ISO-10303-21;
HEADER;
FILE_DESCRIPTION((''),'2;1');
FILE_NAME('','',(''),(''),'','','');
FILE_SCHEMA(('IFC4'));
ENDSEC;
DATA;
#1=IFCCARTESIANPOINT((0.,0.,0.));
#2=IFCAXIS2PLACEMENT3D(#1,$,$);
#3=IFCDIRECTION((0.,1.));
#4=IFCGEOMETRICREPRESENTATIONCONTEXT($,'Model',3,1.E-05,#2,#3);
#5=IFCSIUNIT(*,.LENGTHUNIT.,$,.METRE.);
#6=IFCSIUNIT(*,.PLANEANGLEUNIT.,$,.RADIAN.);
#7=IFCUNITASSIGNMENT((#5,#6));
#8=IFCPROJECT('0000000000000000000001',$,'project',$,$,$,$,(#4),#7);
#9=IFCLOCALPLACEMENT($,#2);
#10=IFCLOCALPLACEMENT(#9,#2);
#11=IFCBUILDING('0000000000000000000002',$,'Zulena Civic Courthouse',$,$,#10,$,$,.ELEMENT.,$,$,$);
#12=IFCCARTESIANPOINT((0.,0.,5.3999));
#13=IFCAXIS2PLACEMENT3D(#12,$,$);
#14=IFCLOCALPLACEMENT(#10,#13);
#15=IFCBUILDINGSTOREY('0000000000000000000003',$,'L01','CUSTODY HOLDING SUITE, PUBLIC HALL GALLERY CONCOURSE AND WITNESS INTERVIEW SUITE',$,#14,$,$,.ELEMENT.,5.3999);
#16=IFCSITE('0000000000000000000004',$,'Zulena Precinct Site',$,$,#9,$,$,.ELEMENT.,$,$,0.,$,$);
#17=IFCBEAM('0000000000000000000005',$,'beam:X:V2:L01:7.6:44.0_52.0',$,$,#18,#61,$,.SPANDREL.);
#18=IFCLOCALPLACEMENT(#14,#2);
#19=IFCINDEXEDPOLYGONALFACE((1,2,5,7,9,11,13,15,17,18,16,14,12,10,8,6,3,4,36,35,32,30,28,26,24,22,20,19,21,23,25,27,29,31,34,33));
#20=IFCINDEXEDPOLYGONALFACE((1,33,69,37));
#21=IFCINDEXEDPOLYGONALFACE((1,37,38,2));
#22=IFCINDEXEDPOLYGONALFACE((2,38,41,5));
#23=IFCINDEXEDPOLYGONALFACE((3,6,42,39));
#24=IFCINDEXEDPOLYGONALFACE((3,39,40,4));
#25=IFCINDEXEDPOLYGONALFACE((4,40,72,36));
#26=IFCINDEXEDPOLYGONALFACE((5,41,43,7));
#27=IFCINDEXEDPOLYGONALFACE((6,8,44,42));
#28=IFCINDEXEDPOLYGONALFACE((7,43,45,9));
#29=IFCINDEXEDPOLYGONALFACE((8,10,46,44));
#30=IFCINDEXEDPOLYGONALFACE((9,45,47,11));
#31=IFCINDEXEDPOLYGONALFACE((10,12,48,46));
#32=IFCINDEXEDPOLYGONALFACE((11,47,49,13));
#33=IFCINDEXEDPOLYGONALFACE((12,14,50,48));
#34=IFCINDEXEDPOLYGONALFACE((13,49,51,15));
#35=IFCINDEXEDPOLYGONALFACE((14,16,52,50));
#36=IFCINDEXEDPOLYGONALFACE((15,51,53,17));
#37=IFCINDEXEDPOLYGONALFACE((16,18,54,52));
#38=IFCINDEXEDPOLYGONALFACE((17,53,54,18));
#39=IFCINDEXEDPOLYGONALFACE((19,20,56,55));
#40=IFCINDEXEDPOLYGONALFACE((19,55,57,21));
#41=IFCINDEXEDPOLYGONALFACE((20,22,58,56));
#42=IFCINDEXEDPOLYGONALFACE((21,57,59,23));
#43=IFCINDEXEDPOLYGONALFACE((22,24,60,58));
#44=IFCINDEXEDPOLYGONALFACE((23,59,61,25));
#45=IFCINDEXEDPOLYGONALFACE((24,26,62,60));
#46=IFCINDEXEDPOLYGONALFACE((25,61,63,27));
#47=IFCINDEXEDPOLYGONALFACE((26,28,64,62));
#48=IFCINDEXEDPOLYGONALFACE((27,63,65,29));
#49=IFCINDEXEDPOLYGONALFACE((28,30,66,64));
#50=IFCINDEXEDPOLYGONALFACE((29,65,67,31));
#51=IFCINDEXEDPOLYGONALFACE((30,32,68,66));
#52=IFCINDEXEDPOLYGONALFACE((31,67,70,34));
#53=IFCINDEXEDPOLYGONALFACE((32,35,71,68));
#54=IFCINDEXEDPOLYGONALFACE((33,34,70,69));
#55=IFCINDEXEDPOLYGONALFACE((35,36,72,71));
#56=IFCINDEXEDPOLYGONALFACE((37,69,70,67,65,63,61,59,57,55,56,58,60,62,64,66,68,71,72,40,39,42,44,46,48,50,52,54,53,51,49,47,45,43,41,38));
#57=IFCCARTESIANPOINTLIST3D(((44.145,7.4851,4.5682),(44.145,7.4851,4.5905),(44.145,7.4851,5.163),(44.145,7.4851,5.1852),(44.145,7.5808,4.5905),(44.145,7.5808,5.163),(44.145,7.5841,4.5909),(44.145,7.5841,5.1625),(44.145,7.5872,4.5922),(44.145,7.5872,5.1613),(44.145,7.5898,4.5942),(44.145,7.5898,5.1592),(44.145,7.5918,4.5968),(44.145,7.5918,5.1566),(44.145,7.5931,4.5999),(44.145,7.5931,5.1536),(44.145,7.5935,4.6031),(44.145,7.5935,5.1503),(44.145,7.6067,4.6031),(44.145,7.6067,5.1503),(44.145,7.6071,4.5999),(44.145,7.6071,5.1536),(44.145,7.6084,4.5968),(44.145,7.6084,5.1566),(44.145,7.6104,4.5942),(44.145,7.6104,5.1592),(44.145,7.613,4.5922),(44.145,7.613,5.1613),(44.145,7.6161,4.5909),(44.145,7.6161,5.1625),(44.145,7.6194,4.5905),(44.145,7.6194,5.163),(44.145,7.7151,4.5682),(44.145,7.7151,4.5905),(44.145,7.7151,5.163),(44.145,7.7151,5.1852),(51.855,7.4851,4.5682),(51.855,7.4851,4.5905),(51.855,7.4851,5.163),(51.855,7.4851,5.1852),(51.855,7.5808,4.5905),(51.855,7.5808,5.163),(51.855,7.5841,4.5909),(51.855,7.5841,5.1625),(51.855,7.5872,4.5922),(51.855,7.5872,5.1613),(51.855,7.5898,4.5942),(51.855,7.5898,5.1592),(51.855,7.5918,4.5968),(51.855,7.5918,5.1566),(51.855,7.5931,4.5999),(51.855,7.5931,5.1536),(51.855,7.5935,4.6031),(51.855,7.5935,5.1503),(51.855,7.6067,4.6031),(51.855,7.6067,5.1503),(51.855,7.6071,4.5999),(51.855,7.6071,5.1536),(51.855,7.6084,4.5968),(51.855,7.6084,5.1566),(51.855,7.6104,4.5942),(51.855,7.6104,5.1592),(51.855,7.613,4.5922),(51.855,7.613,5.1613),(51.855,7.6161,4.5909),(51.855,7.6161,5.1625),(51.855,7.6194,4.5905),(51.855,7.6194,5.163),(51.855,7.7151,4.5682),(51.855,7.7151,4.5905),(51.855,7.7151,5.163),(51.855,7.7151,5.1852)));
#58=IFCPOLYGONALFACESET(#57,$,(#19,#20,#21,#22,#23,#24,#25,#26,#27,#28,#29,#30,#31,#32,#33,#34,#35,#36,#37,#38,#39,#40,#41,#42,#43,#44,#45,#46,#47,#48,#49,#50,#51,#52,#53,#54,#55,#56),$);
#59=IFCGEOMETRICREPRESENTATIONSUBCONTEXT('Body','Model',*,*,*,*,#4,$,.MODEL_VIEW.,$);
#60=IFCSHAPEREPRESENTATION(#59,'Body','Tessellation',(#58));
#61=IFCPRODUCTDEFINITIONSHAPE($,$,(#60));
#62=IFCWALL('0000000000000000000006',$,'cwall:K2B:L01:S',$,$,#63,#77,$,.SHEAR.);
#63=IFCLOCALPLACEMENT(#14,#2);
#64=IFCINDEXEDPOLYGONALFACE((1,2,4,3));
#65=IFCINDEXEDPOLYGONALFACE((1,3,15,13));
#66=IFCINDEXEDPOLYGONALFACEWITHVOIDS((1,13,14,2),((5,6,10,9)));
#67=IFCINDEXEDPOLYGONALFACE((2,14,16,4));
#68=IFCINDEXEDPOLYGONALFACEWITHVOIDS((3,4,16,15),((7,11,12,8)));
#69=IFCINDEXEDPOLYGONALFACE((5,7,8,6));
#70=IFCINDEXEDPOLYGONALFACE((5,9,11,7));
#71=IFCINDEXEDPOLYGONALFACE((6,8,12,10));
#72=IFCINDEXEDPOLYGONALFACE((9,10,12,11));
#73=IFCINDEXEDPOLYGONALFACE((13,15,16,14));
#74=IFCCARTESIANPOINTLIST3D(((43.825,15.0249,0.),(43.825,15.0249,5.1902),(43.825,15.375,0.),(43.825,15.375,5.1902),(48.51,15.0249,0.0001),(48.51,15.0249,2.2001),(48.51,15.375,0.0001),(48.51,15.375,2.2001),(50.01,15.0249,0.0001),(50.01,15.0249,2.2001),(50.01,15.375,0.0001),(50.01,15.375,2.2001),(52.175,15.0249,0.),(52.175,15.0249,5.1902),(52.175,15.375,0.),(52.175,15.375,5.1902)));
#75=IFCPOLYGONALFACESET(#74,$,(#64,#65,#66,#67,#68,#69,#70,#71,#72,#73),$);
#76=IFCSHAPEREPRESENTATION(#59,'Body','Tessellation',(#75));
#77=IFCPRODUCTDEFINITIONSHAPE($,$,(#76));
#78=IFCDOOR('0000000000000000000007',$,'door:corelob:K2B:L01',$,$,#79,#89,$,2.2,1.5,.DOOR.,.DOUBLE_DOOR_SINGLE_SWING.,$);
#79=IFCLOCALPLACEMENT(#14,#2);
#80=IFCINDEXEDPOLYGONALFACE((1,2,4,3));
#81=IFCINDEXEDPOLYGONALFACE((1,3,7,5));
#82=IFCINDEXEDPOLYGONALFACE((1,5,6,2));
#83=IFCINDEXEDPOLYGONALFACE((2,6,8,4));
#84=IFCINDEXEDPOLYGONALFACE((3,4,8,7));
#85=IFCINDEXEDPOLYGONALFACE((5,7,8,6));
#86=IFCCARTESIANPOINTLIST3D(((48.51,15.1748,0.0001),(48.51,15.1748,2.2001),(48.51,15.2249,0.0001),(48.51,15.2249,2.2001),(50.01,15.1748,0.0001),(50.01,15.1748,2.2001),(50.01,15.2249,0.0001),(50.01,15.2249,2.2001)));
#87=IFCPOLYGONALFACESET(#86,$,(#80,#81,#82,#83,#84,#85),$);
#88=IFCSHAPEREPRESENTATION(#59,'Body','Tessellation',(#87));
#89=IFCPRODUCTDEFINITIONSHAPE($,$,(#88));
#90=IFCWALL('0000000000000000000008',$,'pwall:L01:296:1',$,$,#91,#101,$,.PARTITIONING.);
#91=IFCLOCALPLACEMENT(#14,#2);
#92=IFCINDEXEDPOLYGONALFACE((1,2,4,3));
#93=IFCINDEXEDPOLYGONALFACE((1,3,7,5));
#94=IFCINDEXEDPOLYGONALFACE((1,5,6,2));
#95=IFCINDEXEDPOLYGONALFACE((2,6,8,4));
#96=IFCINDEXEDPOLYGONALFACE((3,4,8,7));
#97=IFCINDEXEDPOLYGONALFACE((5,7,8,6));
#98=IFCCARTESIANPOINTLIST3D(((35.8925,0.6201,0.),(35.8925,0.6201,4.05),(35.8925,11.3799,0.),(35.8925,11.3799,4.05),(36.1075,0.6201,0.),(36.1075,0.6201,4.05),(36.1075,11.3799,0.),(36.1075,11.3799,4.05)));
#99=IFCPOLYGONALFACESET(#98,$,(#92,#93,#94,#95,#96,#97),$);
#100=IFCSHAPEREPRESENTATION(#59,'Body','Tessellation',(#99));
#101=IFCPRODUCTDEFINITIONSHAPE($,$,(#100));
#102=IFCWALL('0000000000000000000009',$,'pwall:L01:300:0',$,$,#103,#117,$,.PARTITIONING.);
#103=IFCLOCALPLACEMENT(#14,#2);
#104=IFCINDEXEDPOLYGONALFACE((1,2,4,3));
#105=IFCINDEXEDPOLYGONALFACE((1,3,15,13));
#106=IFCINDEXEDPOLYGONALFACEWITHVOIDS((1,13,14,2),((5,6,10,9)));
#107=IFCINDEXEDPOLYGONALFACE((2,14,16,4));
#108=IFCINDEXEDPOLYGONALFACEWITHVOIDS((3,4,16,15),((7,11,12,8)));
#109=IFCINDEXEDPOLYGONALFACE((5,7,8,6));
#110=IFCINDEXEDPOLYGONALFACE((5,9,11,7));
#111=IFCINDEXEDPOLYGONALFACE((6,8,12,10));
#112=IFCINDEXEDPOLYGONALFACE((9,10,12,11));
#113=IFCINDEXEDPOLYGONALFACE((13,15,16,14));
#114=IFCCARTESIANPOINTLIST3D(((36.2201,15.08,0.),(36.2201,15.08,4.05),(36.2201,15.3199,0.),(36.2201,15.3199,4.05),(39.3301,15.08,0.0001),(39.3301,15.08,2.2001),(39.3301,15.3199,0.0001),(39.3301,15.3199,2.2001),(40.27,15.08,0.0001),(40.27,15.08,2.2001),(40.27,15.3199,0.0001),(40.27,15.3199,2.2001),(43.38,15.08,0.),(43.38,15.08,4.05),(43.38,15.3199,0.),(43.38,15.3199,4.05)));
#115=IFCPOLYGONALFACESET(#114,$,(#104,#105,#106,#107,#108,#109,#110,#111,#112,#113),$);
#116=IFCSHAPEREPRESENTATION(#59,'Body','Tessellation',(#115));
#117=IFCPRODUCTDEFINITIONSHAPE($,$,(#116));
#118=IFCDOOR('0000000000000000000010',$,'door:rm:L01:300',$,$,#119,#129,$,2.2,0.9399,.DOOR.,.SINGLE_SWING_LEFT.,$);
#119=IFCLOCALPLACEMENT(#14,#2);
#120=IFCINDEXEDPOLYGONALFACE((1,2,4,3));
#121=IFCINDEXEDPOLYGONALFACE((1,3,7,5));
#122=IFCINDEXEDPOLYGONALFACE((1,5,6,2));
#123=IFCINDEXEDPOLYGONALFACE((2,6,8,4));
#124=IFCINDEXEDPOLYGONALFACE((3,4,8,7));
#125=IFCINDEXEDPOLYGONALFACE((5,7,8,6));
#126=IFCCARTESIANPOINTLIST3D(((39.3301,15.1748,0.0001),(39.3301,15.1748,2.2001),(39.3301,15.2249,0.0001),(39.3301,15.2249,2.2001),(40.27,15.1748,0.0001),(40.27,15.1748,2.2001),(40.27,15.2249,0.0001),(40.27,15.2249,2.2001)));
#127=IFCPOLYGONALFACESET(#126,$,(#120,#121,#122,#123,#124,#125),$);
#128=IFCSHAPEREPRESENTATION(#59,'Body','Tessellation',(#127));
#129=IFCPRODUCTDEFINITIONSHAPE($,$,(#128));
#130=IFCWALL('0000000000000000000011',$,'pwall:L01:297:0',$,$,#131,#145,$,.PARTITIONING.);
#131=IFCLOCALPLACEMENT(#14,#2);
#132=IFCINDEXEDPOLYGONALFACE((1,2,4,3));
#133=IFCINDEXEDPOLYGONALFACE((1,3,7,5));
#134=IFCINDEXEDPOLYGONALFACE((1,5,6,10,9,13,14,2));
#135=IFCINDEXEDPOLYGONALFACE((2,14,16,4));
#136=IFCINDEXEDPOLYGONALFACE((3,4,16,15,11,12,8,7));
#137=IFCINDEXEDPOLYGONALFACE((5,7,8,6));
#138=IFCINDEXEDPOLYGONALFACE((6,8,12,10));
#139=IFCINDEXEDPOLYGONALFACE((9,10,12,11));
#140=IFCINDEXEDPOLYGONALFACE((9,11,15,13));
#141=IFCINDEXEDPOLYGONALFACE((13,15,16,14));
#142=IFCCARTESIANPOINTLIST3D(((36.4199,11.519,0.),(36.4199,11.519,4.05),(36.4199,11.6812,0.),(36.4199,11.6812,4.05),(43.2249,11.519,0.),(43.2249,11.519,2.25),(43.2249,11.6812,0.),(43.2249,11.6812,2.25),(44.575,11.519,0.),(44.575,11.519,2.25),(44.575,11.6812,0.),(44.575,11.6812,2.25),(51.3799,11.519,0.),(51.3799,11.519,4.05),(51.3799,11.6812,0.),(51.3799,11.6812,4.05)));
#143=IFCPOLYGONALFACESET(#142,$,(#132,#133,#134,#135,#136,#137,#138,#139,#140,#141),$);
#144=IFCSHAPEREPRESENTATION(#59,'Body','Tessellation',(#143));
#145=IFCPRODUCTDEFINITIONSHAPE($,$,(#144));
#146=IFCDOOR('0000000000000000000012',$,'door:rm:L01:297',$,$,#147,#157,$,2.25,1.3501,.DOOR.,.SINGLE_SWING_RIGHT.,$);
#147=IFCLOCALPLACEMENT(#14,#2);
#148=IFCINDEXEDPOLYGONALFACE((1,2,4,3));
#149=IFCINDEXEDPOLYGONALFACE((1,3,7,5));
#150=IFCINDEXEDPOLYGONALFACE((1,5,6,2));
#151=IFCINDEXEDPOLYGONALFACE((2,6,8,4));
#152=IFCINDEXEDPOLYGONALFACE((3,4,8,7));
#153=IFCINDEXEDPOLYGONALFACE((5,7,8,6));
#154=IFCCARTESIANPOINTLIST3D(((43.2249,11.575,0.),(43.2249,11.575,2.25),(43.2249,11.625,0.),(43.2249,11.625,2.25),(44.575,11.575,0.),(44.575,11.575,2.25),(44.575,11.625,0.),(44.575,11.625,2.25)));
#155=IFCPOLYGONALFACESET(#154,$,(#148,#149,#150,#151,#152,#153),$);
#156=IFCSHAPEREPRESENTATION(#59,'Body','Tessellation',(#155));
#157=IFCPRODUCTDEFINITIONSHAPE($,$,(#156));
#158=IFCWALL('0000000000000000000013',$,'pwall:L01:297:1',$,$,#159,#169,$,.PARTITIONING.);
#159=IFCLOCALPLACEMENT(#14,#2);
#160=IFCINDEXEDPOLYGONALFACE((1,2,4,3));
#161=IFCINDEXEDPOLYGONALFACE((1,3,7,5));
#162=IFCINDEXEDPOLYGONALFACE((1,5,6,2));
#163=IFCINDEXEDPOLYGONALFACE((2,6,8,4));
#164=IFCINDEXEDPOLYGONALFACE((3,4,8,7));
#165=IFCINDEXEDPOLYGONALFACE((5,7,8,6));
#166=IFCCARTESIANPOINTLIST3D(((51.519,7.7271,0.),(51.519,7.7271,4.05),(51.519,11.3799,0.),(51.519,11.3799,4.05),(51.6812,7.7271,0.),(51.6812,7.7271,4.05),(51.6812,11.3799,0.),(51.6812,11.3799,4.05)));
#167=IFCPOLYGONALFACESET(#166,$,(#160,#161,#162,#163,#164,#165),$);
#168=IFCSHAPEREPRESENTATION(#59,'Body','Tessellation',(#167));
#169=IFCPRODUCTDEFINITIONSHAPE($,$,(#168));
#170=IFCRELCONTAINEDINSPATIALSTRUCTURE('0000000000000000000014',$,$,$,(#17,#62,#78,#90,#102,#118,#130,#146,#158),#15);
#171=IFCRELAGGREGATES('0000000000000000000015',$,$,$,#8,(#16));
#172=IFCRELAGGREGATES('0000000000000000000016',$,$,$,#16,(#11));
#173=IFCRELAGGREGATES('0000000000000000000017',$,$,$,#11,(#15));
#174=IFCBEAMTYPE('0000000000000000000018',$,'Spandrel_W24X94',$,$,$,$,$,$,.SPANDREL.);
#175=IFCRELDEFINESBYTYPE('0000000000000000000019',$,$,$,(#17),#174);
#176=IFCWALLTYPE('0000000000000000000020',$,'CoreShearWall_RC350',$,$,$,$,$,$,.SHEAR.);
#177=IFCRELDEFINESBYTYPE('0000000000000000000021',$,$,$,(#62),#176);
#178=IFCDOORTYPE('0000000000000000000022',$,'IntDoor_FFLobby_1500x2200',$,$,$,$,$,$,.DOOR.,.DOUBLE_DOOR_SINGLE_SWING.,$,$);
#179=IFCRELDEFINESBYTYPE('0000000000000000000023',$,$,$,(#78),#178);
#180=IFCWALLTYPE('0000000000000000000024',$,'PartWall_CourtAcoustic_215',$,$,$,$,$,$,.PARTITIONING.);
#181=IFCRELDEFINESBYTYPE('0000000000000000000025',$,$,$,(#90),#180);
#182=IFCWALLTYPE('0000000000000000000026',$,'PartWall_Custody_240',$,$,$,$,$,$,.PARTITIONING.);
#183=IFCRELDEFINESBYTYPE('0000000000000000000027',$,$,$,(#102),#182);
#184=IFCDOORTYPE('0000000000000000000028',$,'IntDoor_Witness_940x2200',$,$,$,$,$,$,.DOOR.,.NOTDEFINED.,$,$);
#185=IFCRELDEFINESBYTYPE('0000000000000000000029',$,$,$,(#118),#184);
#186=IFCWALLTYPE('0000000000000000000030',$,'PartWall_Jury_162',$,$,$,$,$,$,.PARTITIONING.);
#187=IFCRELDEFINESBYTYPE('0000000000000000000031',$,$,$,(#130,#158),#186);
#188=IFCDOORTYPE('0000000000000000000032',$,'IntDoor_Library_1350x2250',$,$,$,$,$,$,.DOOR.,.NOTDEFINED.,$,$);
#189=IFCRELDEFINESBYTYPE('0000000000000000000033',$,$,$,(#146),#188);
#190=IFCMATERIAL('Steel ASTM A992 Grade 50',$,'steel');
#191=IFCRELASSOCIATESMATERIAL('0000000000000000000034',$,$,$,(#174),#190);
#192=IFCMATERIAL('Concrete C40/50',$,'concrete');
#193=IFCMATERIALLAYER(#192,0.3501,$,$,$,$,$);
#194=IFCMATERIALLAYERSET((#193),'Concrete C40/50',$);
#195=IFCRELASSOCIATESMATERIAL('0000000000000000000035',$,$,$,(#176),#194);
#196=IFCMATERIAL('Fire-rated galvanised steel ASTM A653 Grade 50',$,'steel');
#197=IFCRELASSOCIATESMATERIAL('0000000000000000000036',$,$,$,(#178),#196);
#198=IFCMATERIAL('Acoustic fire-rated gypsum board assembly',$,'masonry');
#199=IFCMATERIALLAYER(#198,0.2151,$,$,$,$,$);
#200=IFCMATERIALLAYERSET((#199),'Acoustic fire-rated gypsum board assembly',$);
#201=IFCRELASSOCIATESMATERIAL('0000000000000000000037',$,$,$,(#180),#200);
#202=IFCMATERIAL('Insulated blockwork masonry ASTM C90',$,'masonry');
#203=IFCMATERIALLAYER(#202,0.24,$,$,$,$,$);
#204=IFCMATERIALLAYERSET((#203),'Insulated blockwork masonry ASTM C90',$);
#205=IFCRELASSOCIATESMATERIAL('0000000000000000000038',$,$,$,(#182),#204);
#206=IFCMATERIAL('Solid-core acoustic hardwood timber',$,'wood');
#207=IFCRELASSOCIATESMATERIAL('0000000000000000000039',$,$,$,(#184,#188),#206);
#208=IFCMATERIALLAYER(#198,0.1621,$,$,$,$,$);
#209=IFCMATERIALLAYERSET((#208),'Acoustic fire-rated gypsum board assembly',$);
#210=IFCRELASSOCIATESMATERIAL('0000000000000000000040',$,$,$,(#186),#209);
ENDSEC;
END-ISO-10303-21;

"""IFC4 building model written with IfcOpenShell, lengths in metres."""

from ifc_helpers import new_model, si_unit, direction, frame, frame_2d, origin, origin_2d, place, context, subcontext, project, spatial, rectangle, i_section, extrude, material, layer, layer_set, material_profile, profile_set, type_object, element, fill, save


model = new_model("IFC4")

# Units and contexts
model_context = context("Model", 3, precision=1e-05, world=origin(), true_north=direction((0.0, 1.0)))
body_context = subcontext(model_context, "Body", "Model", "MODEL_VIEW")
ifc_project = project(units=[si_unit("LENGTHUNIT", "METRE"), si_unit("PLANEANGLEUNIT", "RADIAN")], contexts=[model_context])

# Site, building, storey
site_placement = place(None, origin())
site = spatial("IfcSite", under=ifc_project, at=site_placement, Name="Zulena Precinct Site", CompositionType="ELEMENT", RefElevation=0.0)
building_placement = place(site_placement, origin())
building = spatial("IfcBuilding", under=site, at=building_placement, Name="Zulena Civic Courthouse", CompositionType="ELEMENT")
storey_placement = place(building_placement, frame((0.0, 0.0, 5.3999)))
storey = spatial("IfcBuildingStorey", under=building, at=storey_placement, Name="L01", Description="CUSTODY HOLDING SUITE, PUBLIC HALL GALLERY CONCOURSE AND WITNESS INTERVIEW SUITE", CompositionType="ELEMENT", Elevation=5.3999)

# Shared definitions
ifc_material_1 = material(Name="Steel ASTM A992 Grade 50", Category="steel")

# Beam
ifc_material_profile_1 = material_profile(ifc_material_1, i_section(OverallWidth=0.23, OverallDepth=0.6169, WebThickness=0.0132, FlangeThickness=0.0222, FilletRadius=0.0127, at=origin_2d()), Name="W24X94")
ifc_profile_set_1 = profile_set([ifc_material_profile_1], Name="Steel ASTM A992 Grade 50")
beam_type_1 = type_object("IfcBeamType", Name="Spandrel_W24X94", PredefinedType="SPANDREL", material=ifc_profile_set_1)
for number, where, z_axis, x_axis, name in (
    (1, (44.145, 7.6001, 4.8767), (1.0, 0.0, 0.0), (0.0, 1.0, 0.0), "beam:X:V2:L01:7.6:44.0_52.0"),
):
    element("IfcBeam", number, at=place(storey_placement, frame(where, z_axis=z_axis, x_axis=x_axis)), inside=storey, type_object=beam_type_1, Name=name, PredefinedType="SPANDREL", context=body_context, shape_type="SweptSolid", body=[
        extrude(i_section(OverallWidth=0.23, OverallDepth=0.6169, WebThickness=0.0132, FlangeThickness=0.0222, FilletRadius=0.0127, at=origin_2d()), origin(), (0.0, 0.0, 1.0), 7.71),
    ])

# Wall, opening, door
ifc_material_2 = material(Name="Concrete C40/50", Category="concrete")
ifc_layer_1 = layer(ifc_material_2, 0.3501)
ifc_layer_set_1 = layer_set([ifc_layer_1], Name="Concrete C40/50")
wall_type_1 = type_object("IfcWallType", Name="CoreShearWall_RC350", PredefinedType="SHEAR", material=ifc_layer_set_1)
wall_1_placement = place(storey_placement, frame((43.825, 15.2, 0.0), z_axis=(0.0, 0.0, 1.0), x_axis=(1.0, 0.0, 0.0)))
wall_1 = element("IfcWall", 2, at=wall_1_placement, inside=storey, type_object=wall_type_1, Name="cwall:K2B:L01:S", PredefinedType="SHEAR", context=body_context, shape_type="SweptSolid", body=[
    extrude(rectangle(XDim=8.3501, YDim=0.3501, at=frame_2d((4.175, 0.0))), origin(), (0.0, 0.0, 1.0), 5.1902),
])
opening_1_placement = place(wall_1_placement, frame((4.6851, 0.0, 0.0)))
opening_1 = element("IfcOpeningElement", 3, at=opening_1_placement, cuts=wall_1, PredefinedType="OPENING", context=body_context, shape_type="SweptSolid", body=[
    extrude(rectangle(XDim=1.5, YDim=2.2, at=frame_2d((0.75, 1.1001))), frame((0.0, 0.1851, 0.0), z_axis=(0.0, -1.0, 0.0), x_axis=(1.0, 0.0, 0.0)), (0.0, 0.0, 1.0), 0.3701),
])
ifc_material_3 = material(Name="Fire-rated galvanised steel ASTM A653 Grade 50", Category="steel")
door_type_1 = type_object("IfcDoorType", Name="IntDoor_FFLobby_1500x2200", OperationType="DOUBLE_DOOR_SINGLE_SWING", PredefinedType="DOOR", material=ifc_material_3)
door_1_placement = place(opening_1_placement, origin())
door_1 = element("IfcDoor", 4, at=door_1_placement, inside=storey, type_object=door_type_1, Name="door:corelob:K2B:L01", OperationType="DOUBLE_DOOR_SINGLE_SWING", OverallHeight=2.2, OverallWidth=1.5, PredefinedType="DOOR", context=body_context, shape_type="SweptSolid", body=[
    extrude(rectangle(XDim=1.5, YDim=2.2, at=frame_2d((0.75, 1.1001))), frame((0.0, 0.0249, 0.0), z_axis=(0.0, -1.0, 0.0), x_axis=(1.0, 0.0, 0.0)), (0.0, 0.0, 1.0), 0.05),
])
fill(opening_1, door_1)

# Wall
ifc_material_4 = material(Name="Acoustic fire-rated gypsum board assembly", Category="masonry")
ifc_layer_2 = layer(ifc_material_4, 0.2151)
ifc_layer_set_2 = layer_set([ifc_layer_2], Name="Acoustic fire-rated gypsum board assembly")
wall_type_2 = type_object("IfcWallType", Name="PartWall_CourtAcoustic_215", PredefinedType="PARTITIONING", material=ifc_layer_set_2)
wall_2_placement = place(storey_placement, frame((36.0, 0.6201, 0.0), z_axis=(0.0, 0.0, 1.0), x_axis=(0.0, 1.0, 0.0)))
element("IfcWall", 5, at=wall_2_placement, inside=storey, type_object=wall_type_2, Name="pwall:L01:296:1", PredefinedType="PARTITIONING", context=body_context, shape_type="SweptSolid", body=[
    extrude(rectangle(XDim=10.7598, YDim=0.2151, at=frame_2d((5.3799, 0.0))), origin(), (0.0, 0.0, 1.0), 4.05),
])

# Walls, openings, doors
ifc_material_5 = material(Name="Insulated blockwork masonry ASTM C90", Category="masonry")
ifc_layer_3 = layer(ifc_material_5, 0.24)
ifc_layer_set_3 = layer_set([ifc_layer_3], Name="Insulated blockwork masonry ASTM C90")
wall_type_3 = type_object("IfcWallType", Name="PartWall_Custody_240", PredefinedType="PARTITIONING", material=ifc_layer_set_3)
wall_3_placement = place(storey_placement, frame((36.22, 15.2, 0.0), z_axis=(0.0, 0.0, 1.0), x_axis=(1.0, 0.0, 0.0)))
wall_3 = element("IfcWall", 6, at=wall_3_placement, inside=storey, type_object=wall_type_3, Name="pwall:L01:300:0", PredefinedType="PARTITIONING", context=body_context, shape_type="SweptSolid", body=[
    extrude(rectangle(XDim=7.1599, YDim=0.24, at=frame_2d((3.5801, 0.0))), origin(), (0.0, 0.0, 1.0), 4.05),
])
opening_2_placement = place(wall_3_placement, frame((3.1101, 0.0, 0.0)))
opening_2 = element("IfcOpeningElement", 7, at=opening_2_placement, cuts=wall_3, PredefinedType="OPENING", context=body_context, shape_type="SweptSolid", body=[
    extrude(rectangle(XDim=0.9399, YDim=2.2, at=frame_2d((0.47, 1.1001))), frame((0.0, 0.1299, 0.0), z_axis=(0.0, -1.0, 0.0), x_axis=(1.0, 0.0, 0.0)), (0.0, 0.0, 1.0), 0.26),
])
ifc_material_6 = material(Name="Solid-core acoustic hardwood timber", Category="wood")
door_type_2 = type_object("IfcDoorType", Name="IntDoor_Witness_940x2200", OperationType="NOTDEFINED", PredefinedType="DOOR", material=ifc_material_6)
door_2_placement = place(opening_2_placement, origin())
door_2 = element("IfcDoor", 8, at=door_2_placement, inside=storey, type_object=door_type_2, Name="door:rm:L01:300", OperationType="SINGLE_SWING_LEFT", OverallHeight=2.2, OverallWidth=0.9399, PredefinedType="DOOR", context=body_context, shape_type="SweptSolid", body=[
    extrude(rectangle(XDim=0.9399, YDim=2.2, at=frame_2d((0.47, 1.1001))), frame((0.0, 0.0249, 0.0), z_axis=(0.0, -1.0, 0.0), x_axis=(1.0, 0.0, 0.0)), (0.0, 0.0, 1.0), 0.05),
])
fill(opening_2, door_2)
ifc_layer_4 = layer(ifc_material_4, 0.1621)
ifc_layer_set_4 = layer_set([ifc_layer_4], Name="Acoustic fire-rated gypsum board assembly")
wall_type_4 = type_object("IfcWallType", Name="PartWall_Jury_162", PredefinedType="PARTITIONING", material=ifc_layer_set_4)
wall_4_placement = place(storey_placement, frame((36.4199, 11.6001, 0.0), z_axis=(0.0, 0.0, 1.0), x_axis=(1.0, 0.0, 0.0)))
wall_4 = element("IfcWall", 9, at=wall_4_placement, inside=storey, type_object=wall_type_4, Name="pwall:L01:297:0", PredefinedType="PARTITIONING", context=body_context, shape_type="SweptSolid", body=[
    extrude(rectangle(XDim=14.96, YDim=0.1621, at=frame_2d((7.48, 0.0))), origin(), (0.0, 0.0, 1.0), 4.05),
])
opening_3_placement = place(wall_4_placement, frame((6.8049, 0.0, 0.0)))
opening_3 = element("IfcOpeningElement", 10, at=opening_3_placement, cuts=wall_4, PredefinedType="OPENING", context=body_context, shape_type="SweptSolid", body=[
    extrude(rectangle(XDim=1.3501, YDim=2.25, at=frame_2d((0.675, 1.125))), frame((0.0, 0.0911, 0.0), z_axis=(0.0, -1.0, 0.0), x_axis=(1.0, 0.0, 0.0)), (0.0, 0.0, 1.0), 0.1821),
])
door_type_3 = type_object("IfcDoorType", Name="IntDoor_Library_1350x2250", OperationType="NOTDEFINED", PredefinedType="DOOR", material=ifc_material_6)
door_3_placement = place(opening_3_placement, origin())
door_3 = element("IfcDoor", 11, at=door_3_placement, inside=storey, type_object=door_type_3, Name="door:rm:L01:297", OperationType="SINGLE_SWING_RIGHT", OverallHeight=2.25, OverallWidth=1.3501, PredefinedType="DOOR", context=body_context, shape_type="SweptSolid", body=[
    extrude(rectangle(XDim=1.3501, YDim=2.25, at=frame_2d((0.675, 1.125))), frame((0.0, 0.0249, 0.0), z_axis=(0.0, -1.0, 0.0), x_axis=(1.0, 0.0, 0.0)), (0.0, 0.0, 1.0), 0.05),
])
fill(opening_3, door_3)

# Wall
wall_5_placement = place(storey_placement, frame((51.6001, 7.7271, 0.0), z_axis=(0.0, 0.0, 1.0), x_axis=(0.0, 1.0, 0.0)))
element("IfcWall", 12, at=wall_5_placement, inside=storey, type_object=wall_type_4, Name="pwall:L01:297:1", PredefinedType="PARTITIONING", context=body_context, shape_type="SweptSolid", body=[
    extrude(rectangle(XDim=3.6528, YDim=0.1621, at=frame_2d((1.8264, 0.0))), origin(), (0.0, 0.0, 1.0), 4.05),
])

save(model, "model.ifc")
